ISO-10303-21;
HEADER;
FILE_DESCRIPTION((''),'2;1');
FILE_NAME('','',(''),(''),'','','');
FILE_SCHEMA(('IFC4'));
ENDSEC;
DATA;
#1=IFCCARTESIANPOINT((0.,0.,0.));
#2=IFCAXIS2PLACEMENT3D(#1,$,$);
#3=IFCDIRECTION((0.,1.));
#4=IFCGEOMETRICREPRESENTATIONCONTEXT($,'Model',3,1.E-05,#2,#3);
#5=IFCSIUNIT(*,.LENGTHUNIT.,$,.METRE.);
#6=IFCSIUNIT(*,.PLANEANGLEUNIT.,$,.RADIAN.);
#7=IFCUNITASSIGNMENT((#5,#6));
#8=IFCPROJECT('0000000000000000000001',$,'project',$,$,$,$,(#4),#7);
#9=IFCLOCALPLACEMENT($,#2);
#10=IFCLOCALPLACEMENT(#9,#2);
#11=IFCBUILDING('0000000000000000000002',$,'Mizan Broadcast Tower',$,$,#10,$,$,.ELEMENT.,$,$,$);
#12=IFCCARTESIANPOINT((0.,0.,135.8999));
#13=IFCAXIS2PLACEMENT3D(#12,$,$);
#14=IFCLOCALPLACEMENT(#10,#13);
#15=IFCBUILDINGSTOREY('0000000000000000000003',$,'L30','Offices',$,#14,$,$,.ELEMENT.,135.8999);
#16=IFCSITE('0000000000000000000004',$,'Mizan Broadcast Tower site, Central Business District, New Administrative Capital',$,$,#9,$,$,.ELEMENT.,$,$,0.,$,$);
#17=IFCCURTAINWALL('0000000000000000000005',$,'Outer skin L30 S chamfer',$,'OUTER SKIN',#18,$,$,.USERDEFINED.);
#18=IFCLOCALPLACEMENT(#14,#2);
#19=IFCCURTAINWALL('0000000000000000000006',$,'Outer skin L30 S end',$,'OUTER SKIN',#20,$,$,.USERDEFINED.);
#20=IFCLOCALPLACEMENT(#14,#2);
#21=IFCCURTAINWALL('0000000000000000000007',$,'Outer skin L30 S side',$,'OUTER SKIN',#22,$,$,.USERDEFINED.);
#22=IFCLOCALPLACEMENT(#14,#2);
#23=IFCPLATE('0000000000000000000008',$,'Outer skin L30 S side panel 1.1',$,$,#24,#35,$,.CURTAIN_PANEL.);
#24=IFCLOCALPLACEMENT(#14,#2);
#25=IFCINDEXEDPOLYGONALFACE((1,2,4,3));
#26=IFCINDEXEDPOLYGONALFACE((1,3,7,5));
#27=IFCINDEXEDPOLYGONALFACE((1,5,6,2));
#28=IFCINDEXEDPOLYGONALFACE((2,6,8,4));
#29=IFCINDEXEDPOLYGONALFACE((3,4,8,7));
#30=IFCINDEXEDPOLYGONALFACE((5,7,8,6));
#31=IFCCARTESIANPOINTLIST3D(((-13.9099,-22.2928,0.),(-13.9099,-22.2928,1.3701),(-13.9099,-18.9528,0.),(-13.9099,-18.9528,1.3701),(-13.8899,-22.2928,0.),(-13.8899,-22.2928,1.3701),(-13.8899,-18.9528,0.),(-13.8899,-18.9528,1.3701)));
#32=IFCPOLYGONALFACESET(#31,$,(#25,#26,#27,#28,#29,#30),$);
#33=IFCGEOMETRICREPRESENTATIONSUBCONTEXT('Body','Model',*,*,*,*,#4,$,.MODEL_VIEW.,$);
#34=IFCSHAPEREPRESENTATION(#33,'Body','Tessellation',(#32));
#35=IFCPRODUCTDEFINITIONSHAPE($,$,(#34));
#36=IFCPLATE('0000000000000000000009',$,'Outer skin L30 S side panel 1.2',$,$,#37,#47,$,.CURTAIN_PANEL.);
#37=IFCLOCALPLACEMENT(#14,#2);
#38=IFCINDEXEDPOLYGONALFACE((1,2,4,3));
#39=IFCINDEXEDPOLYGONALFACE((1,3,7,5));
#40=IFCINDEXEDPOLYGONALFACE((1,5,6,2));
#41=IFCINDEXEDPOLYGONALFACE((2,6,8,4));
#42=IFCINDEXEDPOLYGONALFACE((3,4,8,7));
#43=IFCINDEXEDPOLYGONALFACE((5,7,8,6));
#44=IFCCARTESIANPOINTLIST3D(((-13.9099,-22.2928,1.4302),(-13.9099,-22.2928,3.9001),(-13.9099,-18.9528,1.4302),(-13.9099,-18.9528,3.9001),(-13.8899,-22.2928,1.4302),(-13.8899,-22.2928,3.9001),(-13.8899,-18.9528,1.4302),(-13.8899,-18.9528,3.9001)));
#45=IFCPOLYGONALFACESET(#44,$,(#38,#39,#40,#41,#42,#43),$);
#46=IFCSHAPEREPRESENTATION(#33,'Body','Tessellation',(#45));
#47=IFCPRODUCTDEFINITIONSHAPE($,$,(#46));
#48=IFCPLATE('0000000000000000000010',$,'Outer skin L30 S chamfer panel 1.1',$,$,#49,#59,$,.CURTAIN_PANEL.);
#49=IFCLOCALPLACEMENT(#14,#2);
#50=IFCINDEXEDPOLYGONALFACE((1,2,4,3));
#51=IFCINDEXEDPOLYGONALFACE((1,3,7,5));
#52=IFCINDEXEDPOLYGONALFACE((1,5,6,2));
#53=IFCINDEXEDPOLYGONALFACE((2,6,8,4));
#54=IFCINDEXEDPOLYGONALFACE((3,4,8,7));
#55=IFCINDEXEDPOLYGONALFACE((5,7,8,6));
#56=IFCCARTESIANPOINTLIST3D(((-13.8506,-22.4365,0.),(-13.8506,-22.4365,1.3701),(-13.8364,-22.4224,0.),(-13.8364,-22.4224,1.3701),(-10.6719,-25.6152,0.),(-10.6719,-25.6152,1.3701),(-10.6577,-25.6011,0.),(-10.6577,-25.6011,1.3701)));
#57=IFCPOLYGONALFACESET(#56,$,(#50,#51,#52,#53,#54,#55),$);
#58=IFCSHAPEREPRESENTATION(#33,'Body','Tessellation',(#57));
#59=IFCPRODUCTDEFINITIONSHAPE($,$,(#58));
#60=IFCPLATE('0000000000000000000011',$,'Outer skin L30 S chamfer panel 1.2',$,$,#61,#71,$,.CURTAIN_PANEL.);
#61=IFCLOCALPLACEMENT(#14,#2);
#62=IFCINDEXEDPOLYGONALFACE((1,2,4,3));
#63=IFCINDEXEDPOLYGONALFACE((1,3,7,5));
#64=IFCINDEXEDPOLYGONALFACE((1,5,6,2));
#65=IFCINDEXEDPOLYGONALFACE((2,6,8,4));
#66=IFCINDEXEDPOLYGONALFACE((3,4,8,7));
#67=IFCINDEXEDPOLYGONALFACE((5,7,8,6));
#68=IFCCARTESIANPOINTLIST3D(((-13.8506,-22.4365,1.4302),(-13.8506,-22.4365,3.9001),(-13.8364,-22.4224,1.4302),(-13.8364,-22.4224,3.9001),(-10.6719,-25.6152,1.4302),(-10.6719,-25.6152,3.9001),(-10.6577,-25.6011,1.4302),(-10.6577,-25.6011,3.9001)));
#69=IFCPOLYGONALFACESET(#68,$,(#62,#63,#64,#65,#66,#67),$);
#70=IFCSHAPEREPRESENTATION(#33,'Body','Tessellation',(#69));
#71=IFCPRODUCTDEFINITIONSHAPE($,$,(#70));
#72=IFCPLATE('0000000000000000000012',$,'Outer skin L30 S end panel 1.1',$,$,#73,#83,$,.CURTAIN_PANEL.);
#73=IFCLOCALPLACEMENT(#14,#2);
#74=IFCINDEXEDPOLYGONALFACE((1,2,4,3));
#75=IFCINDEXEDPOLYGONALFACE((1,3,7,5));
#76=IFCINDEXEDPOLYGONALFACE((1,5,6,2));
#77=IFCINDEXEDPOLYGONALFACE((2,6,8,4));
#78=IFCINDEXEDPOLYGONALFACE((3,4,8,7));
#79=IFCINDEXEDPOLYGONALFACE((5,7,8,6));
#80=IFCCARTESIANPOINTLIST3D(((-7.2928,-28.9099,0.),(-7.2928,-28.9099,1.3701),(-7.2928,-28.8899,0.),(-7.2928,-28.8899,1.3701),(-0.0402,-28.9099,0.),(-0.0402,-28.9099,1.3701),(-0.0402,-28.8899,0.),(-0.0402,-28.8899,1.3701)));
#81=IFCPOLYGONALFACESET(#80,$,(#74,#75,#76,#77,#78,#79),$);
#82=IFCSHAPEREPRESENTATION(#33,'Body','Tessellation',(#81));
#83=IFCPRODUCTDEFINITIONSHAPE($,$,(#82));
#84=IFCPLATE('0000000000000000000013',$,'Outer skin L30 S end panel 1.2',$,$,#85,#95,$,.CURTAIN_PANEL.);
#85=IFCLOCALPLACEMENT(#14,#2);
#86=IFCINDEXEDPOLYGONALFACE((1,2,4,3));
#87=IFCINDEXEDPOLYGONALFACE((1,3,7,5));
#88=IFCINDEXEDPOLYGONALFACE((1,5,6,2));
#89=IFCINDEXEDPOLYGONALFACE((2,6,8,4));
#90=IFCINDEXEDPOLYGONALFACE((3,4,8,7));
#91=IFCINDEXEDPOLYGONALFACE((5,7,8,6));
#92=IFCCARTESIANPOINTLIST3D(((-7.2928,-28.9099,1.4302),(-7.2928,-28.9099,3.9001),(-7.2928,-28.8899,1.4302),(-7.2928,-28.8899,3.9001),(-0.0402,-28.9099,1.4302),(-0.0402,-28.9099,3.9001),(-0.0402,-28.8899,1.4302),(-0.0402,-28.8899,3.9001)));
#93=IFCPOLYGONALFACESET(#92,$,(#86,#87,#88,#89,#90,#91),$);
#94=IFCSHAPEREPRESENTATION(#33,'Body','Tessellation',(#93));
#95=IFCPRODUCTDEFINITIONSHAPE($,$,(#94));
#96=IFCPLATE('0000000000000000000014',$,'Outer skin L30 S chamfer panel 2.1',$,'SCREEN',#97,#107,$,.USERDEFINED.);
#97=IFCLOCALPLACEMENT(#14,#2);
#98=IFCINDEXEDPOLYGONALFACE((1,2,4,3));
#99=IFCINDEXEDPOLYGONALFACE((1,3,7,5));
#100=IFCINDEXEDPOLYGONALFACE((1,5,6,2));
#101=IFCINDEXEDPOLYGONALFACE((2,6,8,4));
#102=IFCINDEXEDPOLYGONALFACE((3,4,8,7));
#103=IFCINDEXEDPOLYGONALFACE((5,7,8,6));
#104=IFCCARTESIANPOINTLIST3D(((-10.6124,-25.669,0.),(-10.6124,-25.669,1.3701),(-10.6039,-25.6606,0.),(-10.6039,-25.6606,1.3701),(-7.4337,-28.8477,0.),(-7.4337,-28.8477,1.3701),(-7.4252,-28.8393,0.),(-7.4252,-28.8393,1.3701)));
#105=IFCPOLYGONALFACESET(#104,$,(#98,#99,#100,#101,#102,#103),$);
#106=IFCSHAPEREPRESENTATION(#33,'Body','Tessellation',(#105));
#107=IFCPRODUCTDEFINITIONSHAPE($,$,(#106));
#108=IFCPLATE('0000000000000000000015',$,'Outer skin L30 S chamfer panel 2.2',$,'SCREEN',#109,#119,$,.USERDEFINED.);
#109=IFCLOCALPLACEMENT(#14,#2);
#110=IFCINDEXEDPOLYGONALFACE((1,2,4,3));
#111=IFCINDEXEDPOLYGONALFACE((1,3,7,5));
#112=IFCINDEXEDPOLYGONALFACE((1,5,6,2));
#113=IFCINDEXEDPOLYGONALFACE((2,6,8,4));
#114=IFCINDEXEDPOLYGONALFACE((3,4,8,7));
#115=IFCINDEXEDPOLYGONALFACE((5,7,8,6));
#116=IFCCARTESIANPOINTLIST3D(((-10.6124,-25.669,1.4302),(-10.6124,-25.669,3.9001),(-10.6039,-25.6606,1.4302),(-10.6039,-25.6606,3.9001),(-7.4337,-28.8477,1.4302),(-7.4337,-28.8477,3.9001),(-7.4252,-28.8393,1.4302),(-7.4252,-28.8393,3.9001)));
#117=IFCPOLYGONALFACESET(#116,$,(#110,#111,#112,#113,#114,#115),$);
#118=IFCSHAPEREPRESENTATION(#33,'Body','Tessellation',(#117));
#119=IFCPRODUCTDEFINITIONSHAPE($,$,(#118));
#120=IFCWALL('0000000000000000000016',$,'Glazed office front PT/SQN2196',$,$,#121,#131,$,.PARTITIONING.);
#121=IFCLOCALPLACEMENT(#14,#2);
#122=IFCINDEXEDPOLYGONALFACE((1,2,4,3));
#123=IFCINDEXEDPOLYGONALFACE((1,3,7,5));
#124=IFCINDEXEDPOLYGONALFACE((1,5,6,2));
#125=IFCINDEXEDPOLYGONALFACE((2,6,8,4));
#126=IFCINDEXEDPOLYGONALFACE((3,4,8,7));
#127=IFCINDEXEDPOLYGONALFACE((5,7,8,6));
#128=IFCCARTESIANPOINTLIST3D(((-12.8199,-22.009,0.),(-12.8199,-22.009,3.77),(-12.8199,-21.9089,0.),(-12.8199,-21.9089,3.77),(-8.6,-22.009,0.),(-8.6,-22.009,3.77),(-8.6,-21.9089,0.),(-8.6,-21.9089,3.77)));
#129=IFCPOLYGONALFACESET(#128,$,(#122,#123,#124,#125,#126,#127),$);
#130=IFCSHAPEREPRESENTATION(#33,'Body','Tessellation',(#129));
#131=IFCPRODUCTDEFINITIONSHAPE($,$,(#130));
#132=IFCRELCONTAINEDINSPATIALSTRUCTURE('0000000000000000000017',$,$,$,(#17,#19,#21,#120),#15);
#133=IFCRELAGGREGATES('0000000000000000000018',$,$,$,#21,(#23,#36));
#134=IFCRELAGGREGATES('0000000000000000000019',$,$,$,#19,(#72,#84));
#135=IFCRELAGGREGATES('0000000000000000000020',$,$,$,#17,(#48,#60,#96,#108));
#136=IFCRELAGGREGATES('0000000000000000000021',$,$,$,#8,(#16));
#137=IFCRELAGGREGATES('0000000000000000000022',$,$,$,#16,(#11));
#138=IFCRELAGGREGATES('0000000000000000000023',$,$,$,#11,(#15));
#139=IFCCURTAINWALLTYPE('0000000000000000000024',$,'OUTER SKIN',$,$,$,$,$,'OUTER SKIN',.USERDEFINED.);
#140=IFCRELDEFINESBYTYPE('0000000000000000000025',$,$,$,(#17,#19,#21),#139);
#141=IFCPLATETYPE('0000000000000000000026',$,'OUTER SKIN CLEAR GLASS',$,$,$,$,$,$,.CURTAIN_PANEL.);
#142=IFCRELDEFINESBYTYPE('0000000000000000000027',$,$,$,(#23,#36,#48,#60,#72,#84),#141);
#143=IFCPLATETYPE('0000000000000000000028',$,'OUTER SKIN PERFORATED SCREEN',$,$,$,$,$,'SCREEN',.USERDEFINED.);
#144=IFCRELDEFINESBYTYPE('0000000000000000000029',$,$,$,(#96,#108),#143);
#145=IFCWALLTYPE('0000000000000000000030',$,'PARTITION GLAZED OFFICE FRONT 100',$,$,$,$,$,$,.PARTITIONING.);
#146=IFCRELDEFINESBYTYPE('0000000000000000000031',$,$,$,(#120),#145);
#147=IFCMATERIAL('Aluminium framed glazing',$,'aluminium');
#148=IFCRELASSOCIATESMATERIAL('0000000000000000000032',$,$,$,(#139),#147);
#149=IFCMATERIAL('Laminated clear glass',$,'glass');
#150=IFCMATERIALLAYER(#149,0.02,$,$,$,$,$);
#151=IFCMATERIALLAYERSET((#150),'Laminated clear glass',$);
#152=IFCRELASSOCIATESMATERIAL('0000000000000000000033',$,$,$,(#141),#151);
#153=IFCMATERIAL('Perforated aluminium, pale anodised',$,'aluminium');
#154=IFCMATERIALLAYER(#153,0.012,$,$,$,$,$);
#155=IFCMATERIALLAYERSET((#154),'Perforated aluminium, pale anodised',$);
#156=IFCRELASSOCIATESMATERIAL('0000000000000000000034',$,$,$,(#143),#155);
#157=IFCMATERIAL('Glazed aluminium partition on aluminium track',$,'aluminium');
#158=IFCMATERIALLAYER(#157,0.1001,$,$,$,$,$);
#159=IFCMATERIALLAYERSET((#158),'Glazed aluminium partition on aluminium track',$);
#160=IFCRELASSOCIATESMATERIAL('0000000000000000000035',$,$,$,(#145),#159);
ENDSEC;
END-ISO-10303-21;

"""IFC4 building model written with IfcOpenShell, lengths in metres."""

from ifc_helpers import new_model, si_unit, direction, frame, frame_2d, origin, origin_2d, place, context, subcontext, project, spatial, rectangle, extrude, material, layer, layer_set, type_object, element, aggregate, save


model = new_model("IFC4")

# Units and contexts
model_context = context("Model", 3, precision=1e-05, world=origin(), true_north=direction((0.0, 1.0)))
body_context = subcontext(model_context, "Body", "Model", "MODEL_VIEW")
ifc_project = project(units=[si_unit("LENGTHUNIT", "METRE"), si_unit("PLANEANGLEUNIT", "RADIAN")], contexts=[model_context])

# Site, building, storey
site_placement = place(None, origin())
site = spatial("IfcSite", under=ifc_project, at=site_placement, Name="Mizan Broadcast Tower site, Central Business District, New Administrative Capital", CompositionType="ELEMENT", RefElevation=0.0)
building_placement = place(site_placement, origin())
building = spatial("IfcBuilding", under=site, at=building_placement, Name="Mizan Broadcast Tower", CompositionType="ELEMENT")
storey_placement = place(building_placement, frame((0.0, 0.0, 135.8999)))
storey = spatial("IfcBuildingStorey", under=building, at=storey_placement, Name="L30", Description="Offices", CompositionType="ELEMENT", Elevation=135.8999)

# Curtain wall
ifc_material_1 = material(Name="Aluminium framed glazing", Category="aluminium")
curtain_wall_type_1 = type_object("IfcCurtainWallType", Name="OUTER SKIN", ElementType="OUTER SKIN", PredefinedType="USERDEFINED", material=ifc_material_1)
curtain_wall_1_placement = place(storey_placement, origin())
curtain_wall_1 = element("IfcCurtainWall", 1, at=curtain_wall_1_placement, inside=storey, type_object=curtain_wall_type_1, Name="Outer skin L30 S chamfer", ObjectType="OUTER SKIN", PredefinedType="USERDEFINED")

# Curtain wall
curtain_wall_2_placement = place(storey_placement, origin())
curtain_wall_2 = element("IfcCurtainWall", 2, at=curtain_wall_2_placement, inside=storey, type_object=curtain_wall_type_1, Name="Outer skin L30 S end", ObjectType="OUTER SKIN", PredefinedType="USERDEFINED")

# Curtain wall, plates
curtain_wall_3_placement = place(storey_placement, origin())
curtain_wall_3 = element("IfcCurtainWall", 3, at=curtain_wall_3_placement, inside=storey, type_object=curtain_wall_type_1, Name="Outer skin L30 S side", ObjectType="OUTER SKIN", PredefinedType="USERDEFINED")
ifc_material_2 = material(Name="Laminated clear glass", Category="glass")
ifc_layer_1 = layer(ifc_material_2, 0.02)
ifc_layer_set_1 = layer_set([ifc_layer_1], Name="Laminated clear glass")
plate_type_1 = type_object("IfcPlateType", Name="OUTER SKIN CLEAR GLASS", PredefinedType="CURTAIN_PANEL", material=ifc_layer_set_1)
plate_1_placement = place(storey_placement, frame((-13.8999, -20.6228, 0.0), z_axis=(0.0, 0.0, 1.0), x_axis=(0.0, -1.0, 0.0)))
plate_1 = element("IfcPlate", 4, at=plate_1_placement, type_object=plate_type_1, Name="Outer skin L30 S side panel 1.1", PredefinedType="CURTAIN_PANEL", context=body_context, shape_type="SweptSolid", body=[
    extrude(rectangle(XDim=3.3401, YDim=0.02, at=origin_2d()), origin(), (0.0, 0.0, 1.0), 1.3701),
])
plate_2_placement = place(storey_placement, frame((-13.8999, -20.6228, 1.4302), z_axis=(0.0, 0.0, 1.0), x_axis=(0.0, -1.0, 0.0)))
plate_2 = element("IfcPlate", 5, at=plate_2_placement, type_object=plate_type_1, Name="Outer skin L30 S side panel 1.2", PredefinedType="CURTAIN_PANEL", context=body_context, shape_type="SweptSolid", body=[
    extrude(rectangle(XDim=3.3401, YDim=0.02, at=origin_2d()), origin(), (0.0, 0.0, 1.0), 2.47),
])
aggregate(curtain_wall_3, [plate_1, plate_2])

# Plates
plate_3_placement = place(storey_placement, frame((-12.2542, -24.0188, 0.0), z_axis=(0.0, 0.0, 1.0), x_axis=(0.707107, -0.707107, 0.0)))
plate_3 = element("IfcPlate", 6, at=plate_3_placement, type_object=plate_type_1, Name="Outer skin L30 S chamfer panel 1.1", PredefinedType="CURTAIN_PANEL", context=body_context, shape_type="SweptSolid", body=[
    extrude(rectangle(XDim=4.4954, YDim=0.02, at=origin_2d()), origin(), (0.0, 0.0, 1.0), 1.3701),
])
plate_4_placement = place(storey_placement, frame((-12.2542, -24.0188, 1.4302), z_axis=(0.0, 0.0, 1.0), x_axis=(0.707107, -0.707107, 0.0)))
plate_4 = element("IfcPlate", 7, at=plate_4_placement, type_object=plate_type_1, Name="Outer skin L30 S chamfer panel 1.2", PredefinedType="CURTAIN_PANEL", context=body_context, shape_type="SweptSolid", body=[
    extrude(rectangle(XDim=4.4954, YDim=0.02, at=origin_2d()), origin(), (0.0, 0.0, 1.0), 2.47),
])
plate_5_placement = place(storey_placement, frame((-3.6665, -28.8999, 0.0), z_axis=(0.0, 0.0, 1.0), x_axis=(1.0, 0.0, 0.0)))
plate_5 = element("IfcPlate", 8, at=plate_5_placement, type_object=plate_type_1, Name="Outer skin L30 S end panel 1.1", PredefinedType="CURTAIN_PANEL", context=body_context, shape_type="SweptSolid", body=[
    extrude(rectangle(XDim=7.2527, YDim=0.02, at=origin_2d()), origin(), (0.0, 0.0, 1.0), 1.3701),
])
plate_6_placement = place(storey_placement, frame((-3.6665, -28.8999, 1.4302), z_axis=(0.0, 0.0, 1.0), x_axis=(1.0, 0.0, 0.0)))
plate_6 = element("IfcPlate", 9, at=plate_6_placement, type_object=plate_type_1, Name="Outer skin L30 S end panel 1.2", PredefinedType="CURTAIN_PANEL", context=body_context, shape_type="SweptSolid", body=[
    extrude(rectangle(XDim=7.2527, YDim=0.02, at=origin_2d()), origin(), (0.0, 0.0, 1.0), 2.47),
])
aggregate(curtain_wall_2, [plate_5, plate_6])
ifc_material_3 = material(Name="Perforated aluminium, pale anodised", Category="aluminium")
ifc_layer_2 = layer(ifc_material_3, 0.012)
ifc_layer_set_2 = layer_set([ifc_layer_2], Name="Perforated aluminium, pale anodised")
plate_type_2 = type_object("IfcPlateType", Name="OUTER SKIN PERFORATED SCREEN", ElementType="SCREEN", PredefinedType="USERDEFINED", material=ifc_layer_set_2)
plate_7_placement = place(storey_placement, frame((-9.0188, -27.2542, 0.0), z_axis=(0.0, 0.0, 1.0), x_axis=(0.707107, -0.707107, 0.0)))
plate_7 = element("IfcPlate", 10, at=plate_7_placement, type_object=plate_type_2, Name="Outer skin L30 S chamfer panel 2.1", ObjectType="SCREEN", PredefinedType="USERDEFINED", context=body_context, shape_type="SweptSolid", body=[
    extrude(rectangle(XDim=4.4954, YDim=0.012, at=origin_2d()), origin(), (0.0, 0.0, 1.0), 1.3701),
])
plate_8_placement = place(storey_placement, frame((-9.0188, -27.2542, 1.4302), z_axis=(0.0, 0.0, 1.0), x_axis=(0.707107, -0.707107, 0.0)))
plate_8 = element("IfcPlate", 11, at=plate_8_placement, type_object=plate_type_2, Name="Outer skin L30 S chamfer panel 2.2", ObjectType="SCREEN", PredefinedType="USERDEFINED", context=body_context, shape_type="SweptSolid", body=[
    extrude(rectangle(XDim=4.4954, YDim=0.012, at=origin_2d()), origin(), (0.0, 0.0, 1.0), 2.47),
])
aggregate(curtain_wall_1, [plate_3, plate_4, plate_7, plate_8])

# Wall
ifc_material_4 = material(Name="Glazed aluminium partition on aluminium track", Category="aluminium")
ifc_layer_3 = layer(ifc_material_4, 0.1001)
ifc_layer_set_3 = layer_set([ifc_layer_3], Name="Glazed aluminium partition on aluminium track")
wall_type = type_object("IfcWallType", Name="PARTITION GLAZED OFFICE FRONT 100", PredefinedType="PARTITIONING", material=ifc_layer_set_3)
wall_placement = place(storey_placement, frame((-8.6001, -21.959, 0.0), z_axis=(0.0, 0.0, 1.0), x_axis=(-1.0, 0.0, 0.0)))
element("IfcWall", 12, at=wall_placement, inside=storey, type_object=wall_type, Name="Glazed office front PT/SQN2196", PredefinedType="PARTITIONING", context=body_context, shape_type="SweptSolid", body=[
    extrude(rectangle(XDim=4.22, YDim=0.1001, at=frame_2d((2.1099, 0.0))), origin(), (0.0, 0.0, 1.0), 3.77),
])

save(model, "model.ifc")
